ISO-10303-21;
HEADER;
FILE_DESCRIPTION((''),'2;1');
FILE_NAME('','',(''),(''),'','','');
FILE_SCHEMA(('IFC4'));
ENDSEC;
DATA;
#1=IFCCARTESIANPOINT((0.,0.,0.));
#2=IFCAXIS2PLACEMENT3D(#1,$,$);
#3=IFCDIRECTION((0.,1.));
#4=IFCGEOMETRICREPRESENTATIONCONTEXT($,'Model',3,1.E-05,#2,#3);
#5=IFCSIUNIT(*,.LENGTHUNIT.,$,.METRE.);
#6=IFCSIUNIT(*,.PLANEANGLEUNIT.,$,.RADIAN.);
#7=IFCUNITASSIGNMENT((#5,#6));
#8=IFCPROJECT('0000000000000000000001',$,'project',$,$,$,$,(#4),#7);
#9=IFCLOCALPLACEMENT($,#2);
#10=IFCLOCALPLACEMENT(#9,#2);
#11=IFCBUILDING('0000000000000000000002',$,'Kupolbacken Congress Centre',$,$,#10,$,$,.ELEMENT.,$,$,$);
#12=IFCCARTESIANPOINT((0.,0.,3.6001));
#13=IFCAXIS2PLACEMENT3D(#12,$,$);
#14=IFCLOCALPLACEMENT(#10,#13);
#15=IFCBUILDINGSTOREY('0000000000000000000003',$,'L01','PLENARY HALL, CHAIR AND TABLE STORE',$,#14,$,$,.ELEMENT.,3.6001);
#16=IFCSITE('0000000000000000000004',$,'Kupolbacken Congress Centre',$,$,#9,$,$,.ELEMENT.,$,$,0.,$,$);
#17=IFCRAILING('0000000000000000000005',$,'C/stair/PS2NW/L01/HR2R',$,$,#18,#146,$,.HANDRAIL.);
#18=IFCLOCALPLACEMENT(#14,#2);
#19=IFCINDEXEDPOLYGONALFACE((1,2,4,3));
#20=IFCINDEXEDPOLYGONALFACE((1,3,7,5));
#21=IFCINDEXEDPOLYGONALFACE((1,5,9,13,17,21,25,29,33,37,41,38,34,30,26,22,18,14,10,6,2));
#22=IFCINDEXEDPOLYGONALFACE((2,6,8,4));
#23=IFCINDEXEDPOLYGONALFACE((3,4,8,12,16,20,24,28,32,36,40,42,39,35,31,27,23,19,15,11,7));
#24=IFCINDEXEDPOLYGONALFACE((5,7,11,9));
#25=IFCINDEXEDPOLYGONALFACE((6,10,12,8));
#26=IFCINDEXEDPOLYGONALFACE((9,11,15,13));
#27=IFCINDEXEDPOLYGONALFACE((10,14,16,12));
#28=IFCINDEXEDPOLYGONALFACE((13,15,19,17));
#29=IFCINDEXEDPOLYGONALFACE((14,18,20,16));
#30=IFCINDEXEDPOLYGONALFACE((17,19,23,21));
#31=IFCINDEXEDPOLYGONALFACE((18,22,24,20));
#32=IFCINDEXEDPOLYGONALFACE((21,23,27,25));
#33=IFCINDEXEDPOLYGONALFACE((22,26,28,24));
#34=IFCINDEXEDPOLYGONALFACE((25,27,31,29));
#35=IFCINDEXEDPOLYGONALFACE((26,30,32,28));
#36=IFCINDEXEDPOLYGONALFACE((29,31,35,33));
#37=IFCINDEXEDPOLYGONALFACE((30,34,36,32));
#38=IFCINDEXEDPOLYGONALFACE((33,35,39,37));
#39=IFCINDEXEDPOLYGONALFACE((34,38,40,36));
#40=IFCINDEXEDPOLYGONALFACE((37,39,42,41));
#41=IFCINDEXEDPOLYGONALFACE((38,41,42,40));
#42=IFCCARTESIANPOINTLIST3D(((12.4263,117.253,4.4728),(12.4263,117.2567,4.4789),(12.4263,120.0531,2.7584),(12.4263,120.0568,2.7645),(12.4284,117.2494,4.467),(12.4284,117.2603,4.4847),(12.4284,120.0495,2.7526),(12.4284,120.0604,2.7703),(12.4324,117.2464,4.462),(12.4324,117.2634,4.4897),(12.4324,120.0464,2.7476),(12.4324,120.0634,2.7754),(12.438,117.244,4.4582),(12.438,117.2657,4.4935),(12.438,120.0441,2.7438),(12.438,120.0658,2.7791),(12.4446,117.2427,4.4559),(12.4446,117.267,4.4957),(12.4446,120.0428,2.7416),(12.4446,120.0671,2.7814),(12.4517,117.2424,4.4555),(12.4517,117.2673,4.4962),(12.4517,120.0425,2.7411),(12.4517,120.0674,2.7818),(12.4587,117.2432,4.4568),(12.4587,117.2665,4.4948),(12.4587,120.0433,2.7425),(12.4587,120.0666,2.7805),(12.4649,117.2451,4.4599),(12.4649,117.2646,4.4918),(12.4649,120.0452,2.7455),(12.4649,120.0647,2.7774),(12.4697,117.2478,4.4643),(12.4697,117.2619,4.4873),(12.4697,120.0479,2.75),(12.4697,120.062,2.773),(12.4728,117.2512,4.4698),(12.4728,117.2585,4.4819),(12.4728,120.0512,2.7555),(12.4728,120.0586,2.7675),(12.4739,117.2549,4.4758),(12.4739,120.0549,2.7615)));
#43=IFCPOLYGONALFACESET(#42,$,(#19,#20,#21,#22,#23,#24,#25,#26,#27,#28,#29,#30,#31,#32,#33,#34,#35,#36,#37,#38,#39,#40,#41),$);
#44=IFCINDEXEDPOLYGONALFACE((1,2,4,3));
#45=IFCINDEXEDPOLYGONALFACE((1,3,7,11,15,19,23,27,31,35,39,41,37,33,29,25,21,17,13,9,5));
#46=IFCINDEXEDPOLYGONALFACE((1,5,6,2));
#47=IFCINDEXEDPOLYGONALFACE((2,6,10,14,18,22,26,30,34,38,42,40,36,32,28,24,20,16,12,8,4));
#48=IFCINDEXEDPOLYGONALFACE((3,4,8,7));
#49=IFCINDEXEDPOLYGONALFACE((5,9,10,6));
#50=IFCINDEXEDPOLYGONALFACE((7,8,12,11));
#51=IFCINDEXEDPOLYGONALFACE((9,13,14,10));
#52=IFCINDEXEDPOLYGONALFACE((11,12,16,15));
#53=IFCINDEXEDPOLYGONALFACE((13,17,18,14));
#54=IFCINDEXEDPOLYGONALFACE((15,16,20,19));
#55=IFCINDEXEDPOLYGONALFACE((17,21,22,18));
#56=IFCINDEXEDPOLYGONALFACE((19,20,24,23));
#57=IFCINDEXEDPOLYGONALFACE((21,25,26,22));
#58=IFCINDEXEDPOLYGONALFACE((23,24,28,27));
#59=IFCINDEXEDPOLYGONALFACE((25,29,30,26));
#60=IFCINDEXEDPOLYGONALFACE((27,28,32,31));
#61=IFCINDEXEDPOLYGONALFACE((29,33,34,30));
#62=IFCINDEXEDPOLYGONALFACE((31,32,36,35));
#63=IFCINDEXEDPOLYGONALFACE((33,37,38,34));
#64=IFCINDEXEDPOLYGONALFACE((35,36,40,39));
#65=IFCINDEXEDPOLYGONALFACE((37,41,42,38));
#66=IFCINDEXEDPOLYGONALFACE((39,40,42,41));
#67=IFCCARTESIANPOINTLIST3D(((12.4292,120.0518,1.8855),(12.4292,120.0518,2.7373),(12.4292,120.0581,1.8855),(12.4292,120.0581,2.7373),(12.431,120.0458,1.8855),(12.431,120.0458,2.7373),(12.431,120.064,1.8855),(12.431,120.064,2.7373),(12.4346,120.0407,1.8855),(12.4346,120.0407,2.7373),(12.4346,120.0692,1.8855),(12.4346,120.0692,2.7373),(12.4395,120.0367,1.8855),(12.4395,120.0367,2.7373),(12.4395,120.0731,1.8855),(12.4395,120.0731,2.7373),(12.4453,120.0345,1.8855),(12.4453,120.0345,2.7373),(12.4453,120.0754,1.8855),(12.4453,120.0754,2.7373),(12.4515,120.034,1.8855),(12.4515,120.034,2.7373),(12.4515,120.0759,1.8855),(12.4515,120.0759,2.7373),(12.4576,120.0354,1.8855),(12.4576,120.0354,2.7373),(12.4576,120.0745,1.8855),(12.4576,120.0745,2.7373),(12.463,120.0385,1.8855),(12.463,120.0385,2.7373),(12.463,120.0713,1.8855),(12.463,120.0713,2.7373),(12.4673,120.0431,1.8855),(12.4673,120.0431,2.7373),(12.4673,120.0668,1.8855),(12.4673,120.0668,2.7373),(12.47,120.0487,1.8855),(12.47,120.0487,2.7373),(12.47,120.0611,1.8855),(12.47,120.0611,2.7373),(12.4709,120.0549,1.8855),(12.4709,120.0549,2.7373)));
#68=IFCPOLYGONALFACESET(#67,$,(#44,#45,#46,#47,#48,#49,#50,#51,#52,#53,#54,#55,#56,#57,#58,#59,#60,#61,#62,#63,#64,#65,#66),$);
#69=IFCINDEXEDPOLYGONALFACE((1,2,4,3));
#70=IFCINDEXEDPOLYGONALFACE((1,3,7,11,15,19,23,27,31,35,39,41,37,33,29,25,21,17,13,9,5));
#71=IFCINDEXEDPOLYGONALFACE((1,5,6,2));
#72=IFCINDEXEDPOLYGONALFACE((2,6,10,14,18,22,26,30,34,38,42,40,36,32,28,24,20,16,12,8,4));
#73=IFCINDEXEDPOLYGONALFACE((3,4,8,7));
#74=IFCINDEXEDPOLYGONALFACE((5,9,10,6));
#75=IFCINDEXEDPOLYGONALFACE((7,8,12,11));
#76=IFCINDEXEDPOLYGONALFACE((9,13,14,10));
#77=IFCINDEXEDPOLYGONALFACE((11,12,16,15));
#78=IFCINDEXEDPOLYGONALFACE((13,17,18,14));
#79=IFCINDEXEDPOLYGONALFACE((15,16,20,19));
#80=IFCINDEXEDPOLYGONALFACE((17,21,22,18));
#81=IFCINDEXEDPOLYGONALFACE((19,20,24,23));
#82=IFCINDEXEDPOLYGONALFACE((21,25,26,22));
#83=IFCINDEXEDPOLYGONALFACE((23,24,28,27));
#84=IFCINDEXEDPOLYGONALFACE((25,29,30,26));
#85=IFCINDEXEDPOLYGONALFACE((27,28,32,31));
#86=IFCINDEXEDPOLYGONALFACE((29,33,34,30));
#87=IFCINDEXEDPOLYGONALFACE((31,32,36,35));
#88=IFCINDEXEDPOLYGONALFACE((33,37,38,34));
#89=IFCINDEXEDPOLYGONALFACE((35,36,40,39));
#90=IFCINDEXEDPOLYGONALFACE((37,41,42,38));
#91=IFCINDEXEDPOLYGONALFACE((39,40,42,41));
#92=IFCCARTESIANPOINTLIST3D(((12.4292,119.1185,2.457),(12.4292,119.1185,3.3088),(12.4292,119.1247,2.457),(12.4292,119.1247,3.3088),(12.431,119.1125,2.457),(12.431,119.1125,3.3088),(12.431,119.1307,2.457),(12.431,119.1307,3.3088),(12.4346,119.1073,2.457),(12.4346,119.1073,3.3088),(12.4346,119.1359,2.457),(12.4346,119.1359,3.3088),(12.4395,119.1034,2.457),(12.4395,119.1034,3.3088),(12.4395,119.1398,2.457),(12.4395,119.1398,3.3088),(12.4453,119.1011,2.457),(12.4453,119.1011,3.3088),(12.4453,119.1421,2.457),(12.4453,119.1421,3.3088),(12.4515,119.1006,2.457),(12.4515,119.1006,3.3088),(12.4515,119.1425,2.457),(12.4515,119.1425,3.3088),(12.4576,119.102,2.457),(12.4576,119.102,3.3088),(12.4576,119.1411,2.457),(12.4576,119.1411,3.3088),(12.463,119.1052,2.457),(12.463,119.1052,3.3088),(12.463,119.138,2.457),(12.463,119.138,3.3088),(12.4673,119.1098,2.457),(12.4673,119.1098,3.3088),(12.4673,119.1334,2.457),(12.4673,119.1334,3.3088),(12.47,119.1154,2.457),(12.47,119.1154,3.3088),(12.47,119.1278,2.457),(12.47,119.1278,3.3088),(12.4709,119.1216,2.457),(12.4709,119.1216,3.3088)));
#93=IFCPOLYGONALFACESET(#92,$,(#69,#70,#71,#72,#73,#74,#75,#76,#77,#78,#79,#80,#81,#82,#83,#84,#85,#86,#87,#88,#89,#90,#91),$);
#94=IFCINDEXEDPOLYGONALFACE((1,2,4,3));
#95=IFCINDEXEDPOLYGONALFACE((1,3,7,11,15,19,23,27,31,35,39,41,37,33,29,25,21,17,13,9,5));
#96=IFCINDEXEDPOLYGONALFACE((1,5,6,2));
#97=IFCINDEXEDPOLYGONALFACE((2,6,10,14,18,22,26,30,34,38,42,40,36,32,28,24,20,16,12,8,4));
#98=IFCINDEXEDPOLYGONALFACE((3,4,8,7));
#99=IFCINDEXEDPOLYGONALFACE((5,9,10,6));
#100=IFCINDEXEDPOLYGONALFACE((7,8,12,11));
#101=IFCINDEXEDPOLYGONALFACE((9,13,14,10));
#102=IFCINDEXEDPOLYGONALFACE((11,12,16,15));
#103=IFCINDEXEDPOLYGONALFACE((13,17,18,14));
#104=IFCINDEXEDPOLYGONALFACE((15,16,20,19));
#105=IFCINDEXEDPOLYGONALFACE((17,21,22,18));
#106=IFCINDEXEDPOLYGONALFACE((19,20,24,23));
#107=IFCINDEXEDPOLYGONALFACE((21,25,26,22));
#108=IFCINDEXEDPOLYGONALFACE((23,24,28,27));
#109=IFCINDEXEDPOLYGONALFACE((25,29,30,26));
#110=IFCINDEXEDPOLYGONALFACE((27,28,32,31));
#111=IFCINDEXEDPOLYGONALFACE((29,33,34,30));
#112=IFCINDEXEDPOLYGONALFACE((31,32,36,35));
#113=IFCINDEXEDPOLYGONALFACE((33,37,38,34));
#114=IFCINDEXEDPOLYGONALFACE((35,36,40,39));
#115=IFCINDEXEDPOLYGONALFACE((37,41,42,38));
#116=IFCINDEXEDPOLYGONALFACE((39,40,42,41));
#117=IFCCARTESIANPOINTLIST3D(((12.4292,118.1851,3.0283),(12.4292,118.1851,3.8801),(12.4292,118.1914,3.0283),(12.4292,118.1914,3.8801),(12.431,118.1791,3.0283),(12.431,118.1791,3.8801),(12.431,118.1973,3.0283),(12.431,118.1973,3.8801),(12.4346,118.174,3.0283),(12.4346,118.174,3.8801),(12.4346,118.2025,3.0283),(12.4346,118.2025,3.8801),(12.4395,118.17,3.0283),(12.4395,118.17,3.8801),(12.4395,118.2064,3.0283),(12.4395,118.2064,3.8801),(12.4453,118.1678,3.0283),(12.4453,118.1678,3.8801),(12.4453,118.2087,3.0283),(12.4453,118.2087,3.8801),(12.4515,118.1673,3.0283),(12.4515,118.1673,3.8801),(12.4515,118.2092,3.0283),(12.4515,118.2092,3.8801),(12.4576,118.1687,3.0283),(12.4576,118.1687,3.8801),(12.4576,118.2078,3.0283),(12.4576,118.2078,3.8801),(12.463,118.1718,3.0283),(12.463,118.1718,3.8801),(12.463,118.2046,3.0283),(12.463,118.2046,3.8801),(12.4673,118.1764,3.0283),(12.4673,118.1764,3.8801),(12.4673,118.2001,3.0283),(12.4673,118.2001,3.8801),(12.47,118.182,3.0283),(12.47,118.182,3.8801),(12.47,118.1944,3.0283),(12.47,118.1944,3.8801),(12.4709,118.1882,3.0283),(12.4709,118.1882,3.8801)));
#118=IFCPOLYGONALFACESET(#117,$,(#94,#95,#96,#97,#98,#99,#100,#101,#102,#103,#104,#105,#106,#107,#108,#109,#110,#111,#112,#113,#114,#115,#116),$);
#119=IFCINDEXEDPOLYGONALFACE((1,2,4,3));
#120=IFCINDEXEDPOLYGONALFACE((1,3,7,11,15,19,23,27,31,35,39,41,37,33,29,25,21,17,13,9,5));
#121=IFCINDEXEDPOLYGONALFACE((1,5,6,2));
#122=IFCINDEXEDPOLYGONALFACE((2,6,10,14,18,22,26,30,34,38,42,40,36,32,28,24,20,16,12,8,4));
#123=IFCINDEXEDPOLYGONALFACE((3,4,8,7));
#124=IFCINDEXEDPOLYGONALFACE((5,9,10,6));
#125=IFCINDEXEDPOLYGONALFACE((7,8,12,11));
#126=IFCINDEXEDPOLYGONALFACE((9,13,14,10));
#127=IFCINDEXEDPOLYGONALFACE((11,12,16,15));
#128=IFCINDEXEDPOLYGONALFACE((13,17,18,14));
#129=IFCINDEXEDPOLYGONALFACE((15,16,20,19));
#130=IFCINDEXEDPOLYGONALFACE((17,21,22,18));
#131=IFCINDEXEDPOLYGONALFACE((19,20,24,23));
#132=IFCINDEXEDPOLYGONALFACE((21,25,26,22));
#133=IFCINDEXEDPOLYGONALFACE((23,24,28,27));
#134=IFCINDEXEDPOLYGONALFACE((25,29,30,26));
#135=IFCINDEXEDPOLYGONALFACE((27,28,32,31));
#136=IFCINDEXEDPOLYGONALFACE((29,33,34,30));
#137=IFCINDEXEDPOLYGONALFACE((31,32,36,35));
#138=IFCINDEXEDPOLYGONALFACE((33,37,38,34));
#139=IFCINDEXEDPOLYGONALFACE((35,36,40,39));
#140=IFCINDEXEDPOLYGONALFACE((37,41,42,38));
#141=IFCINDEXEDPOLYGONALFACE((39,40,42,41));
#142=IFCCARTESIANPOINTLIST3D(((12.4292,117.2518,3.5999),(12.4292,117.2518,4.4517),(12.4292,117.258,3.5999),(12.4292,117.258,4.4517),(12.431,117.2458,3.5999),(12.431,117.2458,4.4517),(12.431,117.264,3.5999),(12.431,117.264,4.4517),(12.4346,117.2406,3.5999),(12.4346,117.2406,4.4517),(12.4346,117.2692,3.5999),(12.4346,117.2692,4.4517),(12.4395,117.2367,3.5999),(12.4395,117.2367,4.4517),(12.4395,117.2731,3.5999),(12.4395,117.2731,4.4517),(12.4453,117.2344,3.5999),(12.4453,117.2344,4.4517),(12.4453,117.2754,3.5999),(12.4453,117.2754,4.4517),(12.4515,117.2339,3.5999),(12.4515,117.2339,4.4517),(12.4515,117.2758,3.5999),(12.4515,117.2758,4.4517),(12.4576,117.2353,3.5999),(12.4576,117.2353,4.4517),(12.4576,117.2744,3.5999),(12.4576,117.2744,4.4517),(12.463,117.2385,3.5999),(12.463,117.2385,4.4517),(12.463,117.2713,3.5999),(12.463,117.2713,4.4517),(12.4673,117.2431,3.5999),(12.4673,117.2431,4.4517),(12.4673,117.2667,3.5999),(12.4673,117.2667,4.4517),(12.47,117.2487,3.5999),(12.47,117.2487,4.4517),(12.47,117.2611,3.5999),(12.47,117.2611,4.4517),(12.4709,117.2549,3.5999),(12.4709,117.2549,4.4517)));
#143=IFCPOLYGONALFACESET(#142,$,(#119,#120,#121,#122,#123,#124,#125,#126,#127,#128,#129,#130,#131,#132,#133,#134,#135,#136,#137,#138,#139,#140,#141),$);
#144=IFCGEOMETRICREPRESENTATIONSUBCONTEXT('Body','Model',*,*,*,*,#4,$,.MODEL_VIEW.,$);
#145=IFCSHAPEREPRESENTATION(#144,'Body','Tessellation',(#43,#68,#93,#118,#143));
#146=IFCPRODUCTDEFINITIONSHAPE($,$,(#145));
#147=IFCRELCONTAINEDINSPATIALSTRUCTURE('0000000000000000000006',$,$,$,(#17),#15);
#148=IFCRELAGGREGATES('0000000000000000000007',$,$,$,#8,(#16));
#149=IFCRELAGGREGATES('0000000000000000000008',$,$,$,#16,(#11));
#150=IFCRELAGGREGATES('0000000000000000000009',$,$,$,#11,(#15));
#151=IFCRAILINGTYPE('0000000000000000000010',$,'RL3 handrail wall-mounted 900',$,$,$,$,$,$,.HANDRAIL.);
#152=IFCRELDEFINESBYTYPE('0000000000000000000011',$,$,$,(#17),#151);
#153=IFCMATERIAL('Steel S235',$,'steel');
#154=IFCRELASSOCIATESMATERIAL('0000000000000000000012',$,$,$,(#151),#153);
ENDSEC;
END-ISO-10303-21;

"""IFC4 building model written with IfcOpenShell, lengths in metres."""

from ifc_helpers import new_model, si_unit, direction, frame, origin, origin_2d, place, context, subcontext, project, spatial, circle, extrude, material, type_object, element, save


model = new_model("IFC4")

# Units and contexts
model_context = context("Model", 3, precision=1e-05, world=origin(), true_north=direction((0.0, 1.0)))
body_context = subcontext(model_context, "Body", "Model", "MODEL_VIEW")
ifc_project = project(units=[si_unit("LENGTHUNIT", "METRE"), si_unit("PLANEANGLEUNIT", "RADIAN")], contexts=[model_context])

# Site, building, storey
site_placement = place(None, origin())
site = spatial("IfcSite", under=ifc_project, at=site_placement, Name="Kupolbacken Congress Centre", CompositionType="ELEMENT", RefElevation=0.0)
building_placement = place(site_placement, origin())
building = spatial("IfcBuilding", under=site, at=building_placement, Name="Kupolbacken Congress Centre", CompositionType="ELEMENT")
storey_placement = place(building_placement, frame((0.0, 0.0, 3.6001)))
storey = spatial("IfcBuildingStorey", under=building, at=storey_placement, Name="L01", Description="PLENARY HALL, CHAIR AND TABLE STORE", CompositionType="ELEMENT", Elevation=3.6001)

# Railing
ifc_material_1 = material(Name="Steel S235", Category="steel")
railing_type = type_object("IfcRailingType", Name="RL3 handrail wall-mounted 900", PredefinedType="HANDRAIL", material=ifc_material_1)
for number, where, name in (
    (1, (12.45, 120.0549, 1.8855), "C/stair/PS2NW/L01/HR2R"),
):
    element("IfcRailing", number, at=place(storey_placement, frame(where)), inside=storey, type_object=railing_type, Name=name, PredefinedType="HANDRAIL", context=body_context, shape_type="SweptSolid", body=[
        extrude(circle(Radius=0.0239, at=origin_2d()), frame((0.0, 0.0, 0.876), z_axis=(0.0, -0.852846, 0.522163), x_axis=(1.0, 0.0, 0.0)), (0.0, 0.0, 1.0), 3.2832),
        extrude(circle(Radius=0.021, at=origin_2d()), origin(), (0.0, 0.0, 1.0), 0.8518),
        extrude(circle(Radius=0.021, at=origin_2d()), frame((0.0, -0.9333, 0.5715)), (0.0, 0.0, 1.0), 0.8518),
        extrude(circle(Radius=0.021, at=origin_2d()), frame((0.0, -1.8667, 1.1428)), (0.0, 0.0, 1.0), 0.8518),
        extrude(circle(Radius=0.021, at=origin_2d()), frame((0.0, -2.8, 1.7144)), (0.0, 0.0, 1.0), 0.8518),
    ])

save(model, "model.ifc")
